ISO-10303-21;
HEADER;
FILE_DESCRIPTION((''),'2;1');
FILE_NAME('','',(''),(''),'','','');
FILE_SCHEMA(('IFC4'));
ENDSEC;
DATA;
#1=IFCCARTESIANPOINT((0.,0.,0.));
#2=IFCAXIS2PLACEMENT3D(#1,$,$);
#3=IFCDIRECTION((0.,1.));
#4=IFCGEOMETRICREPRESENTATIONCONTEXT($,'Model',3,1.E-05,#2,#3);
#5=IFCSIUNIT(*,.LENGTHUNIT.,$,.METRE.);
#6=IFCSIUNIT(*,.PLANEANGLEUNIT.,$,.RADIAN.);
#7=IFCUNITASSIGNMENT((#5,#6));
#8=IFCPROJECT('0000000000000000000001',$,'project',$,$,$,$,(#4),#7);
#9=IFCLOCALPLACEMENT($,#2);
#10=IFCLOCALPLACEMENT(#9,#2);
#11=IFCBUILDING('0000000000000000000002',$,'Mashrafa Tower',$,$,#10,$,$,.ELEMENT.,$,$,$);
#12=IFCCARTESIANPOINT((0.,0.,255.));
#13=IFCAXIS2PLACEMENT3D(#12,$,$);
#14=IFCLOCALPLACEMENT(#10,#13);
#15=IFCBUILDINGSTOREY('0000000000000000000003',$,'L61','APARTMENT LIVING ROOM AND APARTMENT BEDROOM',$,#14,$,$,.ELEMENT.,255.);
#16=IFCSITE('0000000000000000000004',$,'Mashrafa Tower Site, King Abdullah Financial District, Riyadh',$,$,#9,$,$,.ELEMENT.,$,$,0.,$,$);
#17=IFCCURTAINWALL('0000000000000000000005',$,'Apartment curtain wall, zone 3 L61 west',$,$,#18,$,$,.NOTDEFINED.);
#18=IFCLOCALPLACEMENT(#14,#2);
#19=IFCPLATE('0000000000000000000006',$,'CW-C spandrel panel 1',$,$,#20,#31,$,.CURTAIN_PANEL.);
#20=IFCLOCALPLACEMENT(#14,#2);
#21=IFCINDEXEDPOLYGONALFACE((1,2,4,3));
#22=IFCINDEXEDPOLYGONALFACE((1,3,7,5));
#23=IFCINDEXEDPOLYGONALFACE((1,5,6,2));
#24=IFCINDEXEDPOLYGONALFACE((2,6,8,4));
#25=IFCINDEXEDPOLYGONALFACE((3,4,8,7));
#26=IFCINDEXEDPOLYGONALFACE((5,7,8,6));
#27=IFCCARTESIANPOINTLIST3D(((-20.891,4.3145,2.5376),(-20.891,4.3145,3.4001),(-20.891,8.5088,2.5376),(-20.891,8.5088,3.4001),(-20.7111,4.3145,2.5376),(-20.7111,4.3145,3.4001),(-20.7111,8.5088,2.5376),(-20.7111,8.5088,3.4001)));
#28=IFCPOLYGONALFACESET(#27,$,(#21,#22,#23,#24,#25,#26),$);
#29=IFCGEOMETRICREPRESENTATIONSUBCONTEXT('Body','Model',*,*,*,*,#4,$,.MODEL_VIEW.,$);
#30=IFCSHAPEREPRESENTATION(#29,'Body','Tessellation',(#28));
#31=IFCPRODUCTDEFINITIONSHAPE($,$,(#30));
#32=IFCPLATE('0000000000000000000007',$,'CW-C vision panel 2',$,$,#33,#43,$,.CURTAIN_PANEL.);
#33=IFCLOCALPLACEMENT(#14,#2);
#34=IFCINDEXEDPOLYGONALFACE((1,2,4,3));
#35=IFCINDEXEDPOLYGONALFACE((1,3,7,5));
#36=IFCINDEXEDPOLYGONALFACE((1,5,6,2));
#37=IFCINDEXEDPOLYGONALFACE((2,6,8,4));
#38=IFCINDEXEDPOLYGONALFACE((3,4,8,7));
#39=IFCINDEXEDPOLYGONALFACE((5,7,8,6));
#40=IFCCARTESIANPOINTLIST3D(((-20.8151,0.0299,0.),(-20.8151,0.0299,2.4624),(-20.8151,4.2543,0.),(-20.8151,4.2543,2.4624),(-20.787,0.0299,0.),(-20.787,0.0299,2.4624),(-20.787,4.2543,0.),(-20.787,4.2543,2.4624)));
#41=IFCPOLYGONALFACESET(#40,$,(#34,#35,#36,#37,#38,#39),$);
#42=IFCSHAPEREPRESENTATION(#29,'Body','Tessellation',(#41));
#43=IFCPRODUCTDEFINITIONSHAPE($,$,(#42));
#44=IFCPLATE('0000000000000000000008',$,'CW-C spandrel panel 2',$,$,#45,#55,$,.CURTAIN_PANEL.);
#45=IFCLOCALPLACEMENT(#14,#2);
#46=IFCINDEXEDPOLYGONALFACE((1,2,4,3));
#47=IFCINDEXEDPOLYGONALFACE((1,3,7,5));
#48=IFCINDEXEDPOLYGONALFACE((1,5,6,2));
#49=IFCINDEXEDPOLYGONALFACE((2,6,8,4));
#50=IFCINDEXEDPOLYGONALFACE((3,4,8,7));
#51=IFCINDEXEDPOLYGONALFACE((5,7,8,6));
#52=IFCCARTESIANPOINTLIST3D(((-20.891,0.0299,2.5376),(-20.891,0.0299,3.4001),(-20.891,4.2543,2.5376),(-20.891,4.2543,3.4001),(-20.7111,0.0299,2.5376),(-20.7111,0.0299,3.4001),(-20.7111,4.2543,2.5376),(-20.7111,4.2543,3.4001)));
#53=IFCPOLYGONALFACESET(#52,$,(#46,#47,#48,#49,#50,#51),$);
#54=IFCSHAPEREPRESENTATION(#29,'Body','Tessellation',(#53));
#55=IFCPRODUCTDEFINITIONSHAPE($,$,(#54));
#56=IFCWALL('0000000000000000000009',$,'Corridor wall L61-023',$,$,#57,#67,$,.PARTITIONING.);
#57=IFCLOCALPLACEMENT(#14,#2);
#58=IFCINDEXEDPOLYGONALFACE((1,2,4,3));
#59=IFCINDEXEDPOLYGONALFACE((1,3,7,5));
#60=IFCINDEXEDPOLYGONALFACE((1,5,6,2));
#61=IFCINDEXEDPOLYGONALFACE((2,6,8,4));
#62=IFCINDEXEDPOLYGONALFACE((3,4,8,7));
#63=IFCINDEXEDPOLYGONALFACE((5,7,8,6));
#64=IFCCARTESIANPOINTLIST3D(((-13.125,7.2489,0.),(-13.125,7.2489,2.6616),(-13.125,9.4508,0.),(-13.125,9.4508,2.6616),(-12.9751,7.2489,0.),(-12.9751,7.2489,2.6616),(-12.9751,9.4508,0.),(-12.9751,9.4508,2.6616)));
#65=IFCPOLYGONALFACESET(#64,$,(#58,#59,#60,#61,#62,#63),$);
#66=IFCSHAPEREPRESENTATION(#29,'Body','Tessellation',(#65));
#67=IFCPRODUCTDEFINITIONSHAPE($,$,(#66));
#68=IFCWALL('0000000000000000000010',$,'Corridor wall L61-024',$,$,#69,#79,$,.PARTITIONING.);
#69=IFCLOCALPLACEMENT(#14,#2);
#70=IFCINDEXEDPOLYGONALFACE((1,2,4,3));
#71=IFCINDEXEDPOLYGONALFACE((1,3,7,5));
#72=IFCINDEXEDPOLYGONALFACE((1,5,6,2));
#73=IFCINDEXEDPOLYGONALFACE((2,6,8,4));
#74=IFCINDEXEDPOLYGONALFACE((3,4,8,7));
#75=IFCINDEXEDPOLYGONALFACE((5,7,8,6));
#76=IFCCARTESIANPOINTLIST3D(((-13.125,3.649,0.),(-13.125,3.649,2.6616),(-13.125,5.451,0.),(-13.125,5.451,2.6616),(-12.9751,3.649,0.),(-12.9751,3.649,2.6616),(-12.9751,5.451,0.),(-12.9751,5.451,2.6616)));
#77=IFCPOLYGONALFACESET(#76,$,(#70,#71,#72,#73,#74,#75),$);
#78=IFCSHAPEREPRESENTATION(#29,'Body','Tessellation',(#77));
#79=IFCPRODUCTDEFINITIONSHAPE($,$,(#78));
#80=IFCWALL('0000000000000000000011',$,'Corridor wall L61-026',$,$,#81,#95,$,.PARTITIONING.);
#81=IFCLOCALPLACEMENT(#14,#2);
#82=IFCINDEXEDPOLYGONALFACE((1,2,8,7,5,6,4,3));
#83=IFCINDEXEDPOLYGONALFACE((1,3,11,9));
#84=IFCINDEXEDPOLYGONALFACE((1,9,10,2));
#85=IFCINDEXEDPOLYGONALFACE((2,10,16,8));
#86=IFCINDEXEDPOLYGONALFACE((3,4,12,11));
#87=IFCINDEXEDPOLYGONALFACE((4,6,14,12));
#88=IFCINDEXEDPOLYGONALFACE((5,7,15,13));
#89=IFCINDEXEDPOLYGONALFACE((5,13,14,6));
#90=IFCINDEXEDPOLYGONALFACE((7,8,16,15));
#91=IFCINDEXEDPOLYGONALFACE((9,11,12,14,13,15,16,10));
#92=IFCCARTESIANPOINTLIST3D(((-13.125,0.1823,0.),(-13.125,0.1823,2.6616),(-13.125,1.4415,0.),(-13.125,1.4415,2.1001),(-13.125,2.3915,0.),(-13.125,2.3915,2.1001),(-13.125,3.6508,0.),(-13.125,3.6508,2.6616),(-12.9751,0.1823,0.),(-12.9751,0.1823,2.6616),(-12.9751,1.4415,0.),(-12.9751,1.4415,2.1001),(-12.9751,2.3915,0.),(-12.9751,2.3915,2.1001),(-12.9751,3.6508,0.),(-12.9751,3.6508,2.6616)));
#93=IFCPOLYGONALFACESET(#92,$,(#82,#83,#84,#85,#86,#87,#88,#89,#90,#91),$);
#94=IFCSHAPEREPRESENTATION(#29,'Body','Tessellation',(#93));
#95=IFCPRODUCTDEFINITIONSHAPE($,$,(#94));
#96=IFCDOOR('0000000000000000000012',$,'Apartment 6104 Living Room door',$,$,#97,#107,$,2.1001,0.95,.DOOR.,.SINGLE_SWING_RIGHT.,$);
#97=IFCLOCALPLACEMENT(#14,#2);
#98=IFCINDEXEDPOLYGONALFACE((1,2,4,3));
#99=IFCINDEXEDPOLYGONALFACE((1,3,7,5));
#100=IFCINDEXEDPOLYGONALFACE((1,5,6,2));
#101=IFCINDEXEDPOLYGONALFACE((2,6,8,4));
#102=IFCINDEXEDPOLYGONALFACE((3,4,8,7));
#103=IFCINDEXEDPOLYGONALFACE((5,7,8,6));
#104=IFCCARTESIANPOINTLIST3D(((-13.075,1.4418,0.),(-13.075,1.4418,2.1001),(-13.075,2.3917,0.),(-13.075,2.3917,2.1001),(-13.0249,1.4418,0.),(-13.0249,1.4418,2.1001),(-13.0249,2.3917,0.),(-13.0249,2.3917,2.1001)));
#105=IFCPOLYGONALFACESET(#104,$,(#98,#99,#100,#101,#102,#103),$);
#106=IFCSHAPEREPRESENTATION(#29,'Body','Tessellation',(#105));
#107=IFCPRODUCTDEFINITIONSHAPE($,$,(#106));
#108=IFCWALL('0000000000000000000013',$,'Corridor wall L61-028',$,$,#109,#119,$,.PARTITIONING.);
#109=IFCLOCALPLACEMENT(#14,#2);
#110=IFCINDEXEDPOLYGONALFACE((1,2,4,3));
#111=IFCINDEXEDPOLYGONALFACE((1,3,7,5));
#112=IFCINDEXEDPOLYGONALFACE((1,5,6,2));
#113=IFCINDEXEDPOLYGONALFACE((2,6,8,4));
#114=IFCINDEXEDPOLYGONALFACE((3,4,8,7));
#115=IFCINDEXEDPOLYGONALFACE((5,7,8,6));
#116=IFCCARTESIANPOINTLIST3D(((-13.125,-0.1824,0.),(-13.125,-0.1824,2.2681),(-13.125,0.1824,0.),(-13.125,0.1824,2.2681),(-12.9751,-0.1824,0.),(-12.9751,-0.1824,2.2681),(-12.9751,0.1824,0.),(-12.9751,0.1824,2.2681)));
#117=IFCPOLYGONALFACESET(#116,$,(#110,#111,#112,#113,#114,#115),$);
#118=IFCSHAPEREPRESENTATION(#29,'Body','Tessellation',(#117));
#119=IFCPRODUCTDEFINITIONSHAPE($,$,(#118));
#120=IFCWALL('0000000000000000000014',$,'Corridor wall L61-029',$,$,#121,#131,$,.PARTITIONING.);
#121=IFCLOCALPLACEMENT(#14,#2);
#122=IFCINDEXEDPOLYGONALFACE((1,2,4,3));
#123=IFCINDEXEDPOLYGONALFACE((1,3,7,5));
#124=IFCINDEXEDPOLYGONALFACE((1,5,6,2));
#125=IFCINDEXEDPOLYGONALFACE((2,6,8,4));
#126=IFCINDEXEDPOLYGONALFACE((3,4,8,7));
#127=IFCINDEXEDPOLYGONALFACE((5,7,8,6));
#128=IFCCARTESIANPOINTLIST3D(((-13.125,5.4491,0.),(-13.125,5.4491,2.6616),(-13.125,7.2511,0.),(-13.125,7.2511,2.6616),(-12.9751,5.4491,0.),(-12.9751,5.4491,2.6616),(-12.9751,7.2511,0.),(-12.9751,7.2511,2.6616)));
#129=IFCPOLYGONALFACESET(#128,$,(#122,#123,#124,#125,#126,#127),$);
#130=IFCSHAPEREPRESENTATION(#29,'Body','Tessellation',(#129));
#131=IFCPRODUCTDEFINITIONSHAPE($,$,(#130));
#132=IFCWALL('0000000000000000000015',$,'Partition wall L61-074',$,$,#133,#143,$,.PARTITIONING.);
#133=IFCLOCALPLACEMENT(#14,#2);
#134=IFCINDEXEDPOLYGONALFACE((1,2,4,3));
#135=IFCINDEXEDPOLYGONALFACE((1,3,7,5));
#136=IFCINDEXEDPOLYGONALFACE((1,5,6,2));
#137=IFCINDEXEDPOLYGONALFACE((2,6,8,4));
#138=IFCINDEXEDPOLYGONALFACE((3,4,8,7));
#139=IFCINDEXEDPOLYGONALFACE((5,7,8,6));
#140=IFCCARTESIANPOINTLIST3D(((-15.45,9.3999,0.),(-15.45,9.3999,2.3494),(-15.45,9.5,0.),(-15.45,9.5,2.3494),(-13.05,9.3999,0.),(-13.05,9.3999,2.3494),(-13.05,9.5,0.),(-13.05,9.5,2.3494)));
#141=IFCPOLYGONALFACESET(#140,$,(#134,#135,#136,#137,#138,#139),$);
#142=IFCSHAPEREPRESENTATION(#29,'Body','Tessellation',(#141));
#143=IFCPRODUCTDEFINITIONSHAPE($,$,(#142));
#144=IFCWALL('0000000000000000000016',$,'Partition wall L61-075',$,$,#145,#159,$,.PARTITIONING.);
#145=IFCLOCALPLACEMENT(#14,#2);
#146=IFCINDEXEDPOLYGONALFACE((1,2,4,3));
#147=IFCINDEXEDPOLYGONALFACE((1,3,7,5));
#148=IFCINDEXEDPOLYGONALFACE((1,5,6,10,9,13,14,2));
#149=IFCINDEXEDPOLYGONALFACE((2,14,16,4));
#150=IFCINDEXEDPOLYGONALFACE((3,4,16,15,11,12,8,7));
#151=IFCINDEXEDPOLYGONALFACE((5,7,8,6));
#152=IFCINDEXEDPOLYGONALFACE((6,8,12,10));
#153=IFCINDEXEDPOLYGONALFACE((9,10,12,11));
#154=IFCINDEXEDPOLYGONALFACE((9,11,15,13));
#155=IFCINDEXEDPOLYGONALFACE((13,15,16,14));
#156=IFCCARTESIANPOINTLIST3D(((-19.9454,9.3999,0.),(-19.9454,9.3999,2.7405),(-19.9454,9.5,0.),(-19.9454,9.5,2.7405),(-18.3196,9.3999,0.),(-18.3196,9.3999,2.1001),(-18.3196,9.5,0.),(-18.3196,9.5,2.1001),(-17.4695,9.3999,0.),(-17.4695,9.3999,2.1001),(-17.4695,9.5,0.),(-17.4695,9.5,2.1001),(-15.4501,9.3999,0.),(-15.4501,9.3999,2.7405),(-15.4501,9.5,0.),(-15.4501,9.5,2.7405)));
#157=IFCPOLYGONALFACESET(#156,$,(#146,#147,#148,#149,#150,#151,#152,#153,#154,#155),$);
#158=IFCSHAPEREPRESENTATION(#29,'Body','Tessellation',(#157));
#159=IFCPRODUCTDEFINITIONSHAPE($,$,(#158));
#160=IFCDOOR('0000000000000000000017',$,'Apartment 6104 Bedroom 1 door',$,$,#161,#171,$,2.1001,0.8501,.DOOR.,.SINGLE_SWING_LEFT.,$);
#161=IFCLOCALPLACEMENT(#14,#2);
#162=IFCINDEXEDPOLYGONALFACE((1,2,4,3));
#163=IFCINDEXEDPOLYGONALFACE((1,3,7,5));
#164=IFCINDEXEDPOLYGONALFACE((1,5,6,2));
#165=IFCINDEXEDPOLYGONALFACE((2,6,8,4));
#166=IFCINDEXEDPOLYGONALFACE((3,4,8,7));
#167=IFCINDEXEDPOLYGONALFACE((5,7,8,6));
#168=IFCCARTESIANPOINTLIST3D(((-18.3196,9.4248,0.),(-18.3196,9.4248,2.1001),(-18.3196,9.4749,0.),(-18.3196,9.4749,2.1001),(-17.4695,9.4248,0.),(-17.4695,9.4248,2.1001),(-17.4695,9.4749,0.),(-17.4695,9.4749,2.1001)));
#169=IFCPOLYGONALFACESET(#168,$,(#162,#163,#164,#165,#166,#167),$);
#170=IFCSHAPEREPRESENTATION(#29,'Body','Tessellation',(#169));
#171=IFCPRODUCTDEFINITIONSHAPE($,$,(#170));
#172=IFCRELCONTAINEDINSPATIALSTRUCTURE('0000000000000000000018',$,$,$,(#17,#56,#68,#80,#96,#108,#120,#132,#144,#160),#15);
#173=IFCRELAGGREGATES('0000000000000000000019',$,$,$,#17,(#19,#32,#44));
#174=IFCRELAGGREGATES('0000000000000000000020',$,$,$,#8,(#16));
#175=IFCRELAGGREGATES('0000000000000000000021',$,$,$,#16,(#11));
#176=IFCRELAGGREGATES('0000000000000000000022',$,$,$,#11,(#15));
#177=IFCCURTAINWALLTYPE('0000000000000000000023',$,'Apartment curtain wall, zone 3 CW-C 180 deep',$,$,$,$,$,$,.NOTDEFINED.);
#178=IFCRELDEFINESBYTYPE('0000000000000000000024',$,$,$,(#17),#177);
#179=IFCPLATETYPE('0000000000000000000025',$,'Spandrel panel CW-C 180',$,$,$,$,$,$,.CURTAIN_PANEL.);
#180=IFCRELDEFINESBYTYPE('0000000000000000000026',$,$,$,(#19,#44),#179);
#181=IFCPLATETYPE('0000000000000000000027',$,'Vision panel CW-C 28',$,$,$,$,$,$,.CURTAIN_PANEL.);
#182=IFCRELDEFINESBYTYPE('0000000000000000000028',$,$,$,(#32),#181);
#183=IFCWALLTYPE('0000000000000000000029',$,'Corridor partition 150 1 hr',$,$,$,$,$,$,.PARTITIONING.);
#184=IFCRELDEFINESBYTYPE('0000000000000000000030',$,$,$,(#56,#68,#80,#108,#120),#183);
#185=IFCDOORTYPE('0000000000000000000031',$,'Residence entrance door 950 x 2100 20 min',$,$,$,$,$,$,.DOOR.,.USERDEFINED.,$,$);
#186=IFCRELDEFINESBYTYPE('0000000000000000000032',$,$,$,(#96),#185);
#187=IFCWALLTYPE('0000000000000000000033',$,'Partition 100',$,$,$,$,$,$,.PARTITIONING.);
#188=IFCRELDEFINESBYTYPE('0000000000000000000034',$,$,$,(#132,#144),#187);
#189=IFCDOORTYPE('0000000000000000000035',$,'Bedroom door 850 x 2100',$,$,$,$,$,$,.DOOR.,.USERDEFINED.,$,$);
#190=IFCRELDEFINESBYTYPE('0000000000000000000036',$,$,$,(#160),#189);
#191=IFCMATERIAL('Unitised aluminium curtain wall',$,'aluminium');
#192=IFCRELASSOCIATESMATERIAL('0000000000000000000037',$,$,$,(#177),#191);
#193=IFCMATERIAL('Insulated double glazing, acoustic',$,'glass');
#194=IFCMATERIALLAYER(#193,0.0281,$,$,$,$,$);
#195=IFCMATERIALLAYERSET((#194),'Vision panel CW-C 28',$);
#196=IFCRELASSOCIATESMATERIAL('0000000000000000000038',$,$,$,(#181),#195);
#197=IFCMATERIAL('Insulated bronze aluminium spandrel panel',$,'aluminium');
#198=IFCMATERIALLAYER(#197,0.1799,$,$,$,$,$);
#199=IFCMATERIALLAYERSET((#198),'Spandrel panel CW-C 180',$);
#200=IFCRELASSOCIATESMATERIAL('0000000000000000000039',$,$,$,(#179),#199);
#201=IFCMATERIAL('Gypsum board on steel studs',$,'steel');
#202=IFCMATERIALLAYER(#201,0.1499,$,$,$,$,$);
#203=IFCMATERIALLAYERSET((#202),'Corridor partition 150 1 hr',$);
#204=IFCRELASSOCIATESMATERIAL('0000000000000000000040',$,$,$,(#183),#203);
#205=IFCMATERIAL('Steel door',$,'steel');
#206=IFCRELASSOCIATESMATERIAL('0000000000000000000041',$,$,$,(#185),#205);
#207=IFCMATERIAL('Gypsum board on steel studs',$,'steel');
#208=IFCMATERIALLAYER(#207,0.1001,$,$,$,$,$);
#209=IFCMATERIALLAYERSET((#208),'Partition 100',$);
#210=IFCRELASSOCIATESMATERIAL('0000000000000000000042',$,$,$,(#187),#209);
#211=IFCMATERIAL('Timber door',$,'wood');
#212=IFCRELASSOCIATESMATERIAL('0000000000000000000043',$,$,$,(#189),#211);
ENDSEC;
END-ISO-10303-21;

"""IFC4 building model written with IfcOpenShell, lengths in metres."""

from ifc_helpers import new_model, si_unit, direction, frame, frame_2d, origin, origin_2d, place, context, subcontext, project, spatial, rectangle, extrude, source, transform, mapped, material, layer, layer_set, type_object, type_shapes, element, fill, aggregate, save


model = new_model("IFC4")

# Units and contexts
model_context = context("Model", 3, precision=1e-05, world=origin(), true_north=direction((0.0, 1.0)))
body_context = subcontext(model_context, "Body", "Model", "MODEL_VIEW")
ifc_project = project(units=[si_unit("LENGTHUNIT", "METRE"), si_unit("PLANEANGLEUNIT", "RADIAN")], contexts=[model_context])

# Site, building, storey
site_placement = place(None, origin())
site = spatial("IfcSite", under=ifc_project, at=site_placement, Name="Mashrafa Tower Site, King Abdullah Financial District, Riyadh", CompositionType="ELEMENT", RefElevation=0.0)
building_placement = place(site_placement, origin())
building = spatial("IfcBuilding", under=site, at=building_placement, Name="Mashrafa Tower", CompositionType="ELEMENT")
storey_placement = place(building_placement, frame((0.0, 0.0, 255.0)))
storey = spatial("IfcBuildingStorey", under=building, at=storey_placement, Name="L61", Description="APARTMENT LIVING ROOM AND APARTMENT BEDROOM", CompositionType="ELEMENT", Elevation=255.0)

# Shared definitions
ifc_material_1 = material(Name="Unitised aluminium curtain wall", Category="aluminium")
curtain_wall_type = type_object("IfcCurtainWallType", Name="Apartment curtain wall, zone 3 CW-C 180 deep", PredefinedType="NOTDEFINED", material=ifc_material_1)

# Curtain wall, plates
curtain_wall_1_placement = place(storey_placement, origin())
curtain_wall_1 = element("IfcCurtainWall", 1, at=curtain_wall_1_placement, inside=storey, type_object=curtain_wall_type, Name="Apartment curtain wall, zone 3 L61 west", PredefinedType="NOTDEFINED")
ifc_material_2 = material(Name="Insulated double glazing, acoustic", Category="glass")
ifc_layer_1 = layer(ifc_material_2, 0.0281)
ifc_layer_set_1 = layer_set([ifc_layer_1], Name="Vision panel CW-C 28")
plate_type_1 = type_object("IfcPlateType", Name="Vision panel CW-C 28", PredefinedType="CURTAIN_PANEL", material=ifc_layer_set_1)
ifc_material_3 = material(Name="Insulated bronze aluminium spandrel panel", Category="aluminium")
ifc_layer_2 = layer(ifc_material_3, 0.1799)
ifc_layer_set_2 = layer_set([ifc_layer_2], Name="Spandrel panel CW-C 180")
plate_type_2 = type_object("IfcPlateType", Name="Spandrel panel CW-C 180", PredefinedType="CURTAIN_PANEL", material=ifc_layer_set_2)
shared_shape_1 = source(origin(), body_context, "Body", "SweptSolid", [
    extrude(rectangle(XDim=4.1943, YDim=0.1799, at=origin_2d()), origin(), (0.0, 0.0, 1.0), 0.8625),
])
plate_1_placement = place(storey_placement, frame((-20.801, 6.4116, 2.5376), z_axis=(0.0, 0.0, 1.0), x_axis=(0.0, -1.0, 0.0)))
plate_1 = element("IfcPlate", 2, at=plate_1_placement, type_object=plate_type_2, Name="CW-C spandrel panel 1", PredefinedType="CURTAIN_PANEL", context=body_context, shape_type="MappedRepresentation", body=[
    mapped(shared_shape_1, transform((0.0, 0.0, 0.0))),
])
shared_shape_2 = source(origin(), body_context, "Body", "SweptSolid", [
    extrude(rectangle(XDim=4.2244, YDim=0.0281, at=origin_2d()), origin(), (0.0, 0.0, 1.0), 2.4624),
])
plate_2_placement = place(storey_placement, frame((-20.801, 2.1421, 0.0), z_axis=(0.0, 0.0, 1.0), x_axis=(0.0, -1.0, 0.0)))
plate_2 = element("IfcPlate", 3, at=plate_2_placement, type_object=plate_type_1, Name="CW-C vision panel 2", PredefinedType="CURTAIN_PANEL", context=body_context, shape_type="MappedRepresentation", body=[
    mapped(shared_shape_2, transform((0.0, 0.0, 0.0))),
])
shared_shape_3 = source(origin(), body_context, "Body", "SweptSolid", [
    extrude(rectangle(XDim=4.2244, YDim=0.1799, at=origin_2d()), origin(), (0.0, 0.0, 1.0), 0.8625),
])
type_shapes(plate_type_2, [shared_shape_1, shared_shape_3])
plate_3_placement = place(storey_placement, frame((-20.801, 2.1421, 2.5376), z_axis=(0.0, 0.0, 1.0), x_axis=(0.0, -1.0, 0.0)))
plate_3 = element("IfcPlate", 4, at=plate_3_placement, type_object=plate_type_2, Name="CW-C spandrel panel 2", PredefinedType="CURTAIN_PANEL", context=body_context, shape_type="MappedRepresentation", body=[
    mapped(shared_shape_3, transform((0.0, 0.0, 0.0))),
])
aggregate(curtain_wall_1, [plate_1, plate_2, plate_3])

# Walls
ifc_material_4 = material(Name="Gypsum board on steel studs", Category="steel")
ifc_layer_3 = layer(ifc_material_4, 0.1499)
ifc_layer_set_3 = layer_set([ifc_layer_3], Name="Corridor partition 150 1 hr")
wall_type_1 = type_object("IfcWallType", Name="Corridor partition 150 1 hr", PredefinedType="PARTITIONING", material=ifc_layer_set_3)
wall_1_placement = place(storey_placement, frame((-13.05, 9.4509, 0.0), z_axis=(0.0, 0.0, 1.0), x_axis=(0.0, -1.0, 0.0)))
element("IfcWall", 5, at=wall_1_placement, inside=storey, type_object=wall_type_1, Name="Corridor wall L61-023", PredefinedType="PARTITIONING", context=body_context, shape_type="SweptSolid", body=[
    extrude(rectangle(XDim=2.2019, YDim=0.1499, at=frame_2d((1.1011, 0.0))), origin(), (0.0, 0.0, 1.0), 2.6616),
])
wall_2_placement = place(storey_placement, frame((-13.05, 5.4509, 0.0), z_axis=(0.0, 0.0, 1.0), x_axis=(0.0, -1.0, 0.0)))
element("IfcWall", 6, at=wall_2_placement, inside=storey, type_object=wall_type_1, Name="Corridor wall L61-024", PredefinedType="PARTITIONING", context=body_context, shape_type="SweptSolid", body=[
    extrude(rectangle(XDim=1.802, YDim=0.1499, at=frame_2d((0.9009, 0.0))), origin(), (0.0, 0.0, 1.0), 2.6616),
])

# Wall, opening, door
wall_3_placement = place(storey_placement, frame((-13.05, 3.6509, 0.0), z_axis=(0.0, 0.0, 1.0), x_axis=(0.0, -1.0, 0.0)))
wall_3 = element("IfcWall", 7, at=wall_3_placement, inside=storey, type_object=wall_type_1, Name="Corridor wall L61-026", PredefinedType="PARTITIONING", context=body_context, shape_type="SweptSolid", body=[
    extrude(rectangle(XDim=3.4685, YDim=0.1499, at=frame_2d((1.7344, 0.0))), origin(), (0.0, 0.0, 1.0), 2.6616),
])
opening_1_placement = place(wall_3_placement, frame((1.2593, 0.0, 0.0)))
opening_1 = element("IfcOpeningElement", 8, at=opening_1_placement, cuts=wall_3, PredefinedType="OPENING", context=body_context, shape_type="SweptSolid", body=[
    extrude(rectangle(XDim=0.95, YDim=2.1001, at=frame_2d((0.4751, 1.05))), frame((0.0, 0.085, 0.0), z_axis=(0.0, -1.0, 0.0), x_axis=(1.0, 0.0, 0.0)), (0.0, 0.0, 1.0), 0.1699),
])
ifc_material_5 = material(Name="Steel door", Category="steel")
door_type_1 = type_object("IfcDoorType", Name="Residence entrance door 950 x 2100 20 min", OperationType="USERDEFINED", PredefinedType="DOOR", material=ifc_material_5)
door_1_placement = place(opening_1_placement, frame((0.95, 0.0, 0.0), z_axis=(0.0, 0.0, 1.0), x_axis=(-1.0, 0.0, 0.0)))
door_1 = element("IfcDoor", 9, at=door_1_placement, inside=storey, type_object=door_type_1, Name="Apartment 6104 Living Room door", OperationType="SINGLE_SWING_RIGHT", OverallHeight=2.1001, OverallWidth=0.95, PredefinedType="DOOR", context=body_context, shape_type="SweptSolid", body=[
    extrude(rectangle(XDim=0.95, YDim=2.1001, at=frame_2d((0.4751, 1.05))), frame((0.0, 0.0249, 0.0), z_axis=(0.0, -1.0, 0.0), x_axis=(1.0, 0.0, 0.0)), (0.0, 0.0, 1.0), 0.05),
])
fill(opening_1, door_1)

# Walls
wall_4_placement = place(storey_placement, frame((-13.05, 0.1824, 0.0), z_axis=(0.0, 0.0, 1.0), x_axis=(0.0, -1.0, 0.0)))
element("IfcWall", 10, at=wall_4_placement, inside=storey, type_object=wall_type_1, Name="Corridor wall L61-028", PredefinedType="PARTITIONING", context=body_context, shape_type="SweptSolid", body=[
    extrude(rectangle(XDim=0.3647, YDim=0.1499, at=frame_2d((0.1824, 0.0))), origin(), (0.0, 0.0, 1.0), 2.2681),
])
wall_5_placement = place(storey_placement, frame((-13.05, 7.251, 0.0), z_axis=(0.0, 0.0, 1.0), x_axis=(0.0, -1.0, 0.0)))
element("IfcWall", 11, at=wall_5_placement, inside=storey, type_object=wall_type_1, Name="Corridor wall L61-029", PredefinedType="PARTITIONING", context=body_context, shape_type="SweptSolid", body=[
    extrude(rectangle(XDim=1.802, YDim=0.1499, at=frame_2d((0.9009, 0.0))), origin(), (0.0, 0.0, 1.0), 2.6616),
])
ifc_material_6 = material(Name="Gypsum board on steel studs", Category="steel")
ifc_layer_4 = layer(ifc_material_6, 0.1001)
ifc_layer_set_4 = layer_set([ifc_layer_4], Name="Partition 100")
wall_type_2 = type_object("IfcWallType", Name="Partition 100", PredefinedType="PARTITIONING", material=ifc_layer_set_4)
wall_6_placement = place(storey_placement, frame((-15.45, 9.45, 0.0), z_axis=(0.0, 0.0, 1.0), x_axis=(1.0, 0.0, 0.0)))
element("IfcWall", 12, at=wall_6_placement, inside=storey, type_object=wall_type_2, Name="Partition wall L61-074", PredefinedType="PARTITIONING", context=body_context, shape_type="SweptSolid", body=[
    extrude(rectangle(XDim=2.3999, YDim=0.1001, at=frame_2d((1.2, 0.0))), origin(), (0.0, 0.0, 1.0), 2.3494),
])

# Wall, opening, door
wall_7_placement = place(storey_placement, frame((-19.9453, 9.45, 0.0), z_axis=(0.0, 0.0, 1.0), x_axis=(1.0, 0.0, 0.0)))
wall_7 = element("IfcWall", 13, at=wall_7_placement, inside=storey, type_object=wall_type_2, Name="Partition wall L61-075", PredefinedType="PARTITIONING", context=body_context, shape_type="SweptSolid", body=[
    extrude(rectangle(XDim=4.4954, YDim=0.1001, at=frame_2d((2.2476, 0.0))), origin(), (0.0, 0.0, 1.0), 2.7405),
])
opening_2_placement = place(wall_7_placement, frame((1.6257, 0.0, 0.0)))
opening_2 = element("IfcOpeningElement", 14, at=opening_2_placement, cuts=wall_7, PredefinedType="OPENING", context=body_context, shape_type="SweptSolid", body=[
    extrude(rectangle(XDim=0.8501, YDim=2.1001, at=frame_2d((0.425, 1.05))), frame((0.0, 0.0601, 0.0), z_axis=(0.0, -1.0, 0.0), x_axis=(1.0, 0.0, 0.0)), (0.0, 0.0, 1.0), 0.1201),
])
ifc_material_7 = material(Name="Timber door", Category="wood")
door_type_2 = type_object("IfcDoorType", Name="Bedroom door 850 x 2100", OperationType="USERDEFINED", PredefinedType="DOOR", material=ifc_material_7)
door_2_placement = place(opening_2_placement, origin())
door_2 = element("IfcDoor", 15, at=door_2_placement, inside=storey, type_object=door_type_2, Name="Apartment 6104 Bedroom 1 door", OperationType="SINGLE_SWING_LEFT", OverallHeight=2.1001, OverallWidth=0.8501, PredefinedType="DOOR", context=body_context, shape_type="SweptSolid", body=[
    extrude(rectangle(XDim=0.8501, YDim=2.1001, at=frame_2d((0.425, 1.05))), frame((0.0, 0.0249, 0.0), z_axis=(0.0, -1.0, 0.0), x_axis=(1.0, 0.0, 0.0)), (0.0, 0.0, 1.0), 0.05),
])
fill(opening_2, door_2)

save(model, "model.ifc")
